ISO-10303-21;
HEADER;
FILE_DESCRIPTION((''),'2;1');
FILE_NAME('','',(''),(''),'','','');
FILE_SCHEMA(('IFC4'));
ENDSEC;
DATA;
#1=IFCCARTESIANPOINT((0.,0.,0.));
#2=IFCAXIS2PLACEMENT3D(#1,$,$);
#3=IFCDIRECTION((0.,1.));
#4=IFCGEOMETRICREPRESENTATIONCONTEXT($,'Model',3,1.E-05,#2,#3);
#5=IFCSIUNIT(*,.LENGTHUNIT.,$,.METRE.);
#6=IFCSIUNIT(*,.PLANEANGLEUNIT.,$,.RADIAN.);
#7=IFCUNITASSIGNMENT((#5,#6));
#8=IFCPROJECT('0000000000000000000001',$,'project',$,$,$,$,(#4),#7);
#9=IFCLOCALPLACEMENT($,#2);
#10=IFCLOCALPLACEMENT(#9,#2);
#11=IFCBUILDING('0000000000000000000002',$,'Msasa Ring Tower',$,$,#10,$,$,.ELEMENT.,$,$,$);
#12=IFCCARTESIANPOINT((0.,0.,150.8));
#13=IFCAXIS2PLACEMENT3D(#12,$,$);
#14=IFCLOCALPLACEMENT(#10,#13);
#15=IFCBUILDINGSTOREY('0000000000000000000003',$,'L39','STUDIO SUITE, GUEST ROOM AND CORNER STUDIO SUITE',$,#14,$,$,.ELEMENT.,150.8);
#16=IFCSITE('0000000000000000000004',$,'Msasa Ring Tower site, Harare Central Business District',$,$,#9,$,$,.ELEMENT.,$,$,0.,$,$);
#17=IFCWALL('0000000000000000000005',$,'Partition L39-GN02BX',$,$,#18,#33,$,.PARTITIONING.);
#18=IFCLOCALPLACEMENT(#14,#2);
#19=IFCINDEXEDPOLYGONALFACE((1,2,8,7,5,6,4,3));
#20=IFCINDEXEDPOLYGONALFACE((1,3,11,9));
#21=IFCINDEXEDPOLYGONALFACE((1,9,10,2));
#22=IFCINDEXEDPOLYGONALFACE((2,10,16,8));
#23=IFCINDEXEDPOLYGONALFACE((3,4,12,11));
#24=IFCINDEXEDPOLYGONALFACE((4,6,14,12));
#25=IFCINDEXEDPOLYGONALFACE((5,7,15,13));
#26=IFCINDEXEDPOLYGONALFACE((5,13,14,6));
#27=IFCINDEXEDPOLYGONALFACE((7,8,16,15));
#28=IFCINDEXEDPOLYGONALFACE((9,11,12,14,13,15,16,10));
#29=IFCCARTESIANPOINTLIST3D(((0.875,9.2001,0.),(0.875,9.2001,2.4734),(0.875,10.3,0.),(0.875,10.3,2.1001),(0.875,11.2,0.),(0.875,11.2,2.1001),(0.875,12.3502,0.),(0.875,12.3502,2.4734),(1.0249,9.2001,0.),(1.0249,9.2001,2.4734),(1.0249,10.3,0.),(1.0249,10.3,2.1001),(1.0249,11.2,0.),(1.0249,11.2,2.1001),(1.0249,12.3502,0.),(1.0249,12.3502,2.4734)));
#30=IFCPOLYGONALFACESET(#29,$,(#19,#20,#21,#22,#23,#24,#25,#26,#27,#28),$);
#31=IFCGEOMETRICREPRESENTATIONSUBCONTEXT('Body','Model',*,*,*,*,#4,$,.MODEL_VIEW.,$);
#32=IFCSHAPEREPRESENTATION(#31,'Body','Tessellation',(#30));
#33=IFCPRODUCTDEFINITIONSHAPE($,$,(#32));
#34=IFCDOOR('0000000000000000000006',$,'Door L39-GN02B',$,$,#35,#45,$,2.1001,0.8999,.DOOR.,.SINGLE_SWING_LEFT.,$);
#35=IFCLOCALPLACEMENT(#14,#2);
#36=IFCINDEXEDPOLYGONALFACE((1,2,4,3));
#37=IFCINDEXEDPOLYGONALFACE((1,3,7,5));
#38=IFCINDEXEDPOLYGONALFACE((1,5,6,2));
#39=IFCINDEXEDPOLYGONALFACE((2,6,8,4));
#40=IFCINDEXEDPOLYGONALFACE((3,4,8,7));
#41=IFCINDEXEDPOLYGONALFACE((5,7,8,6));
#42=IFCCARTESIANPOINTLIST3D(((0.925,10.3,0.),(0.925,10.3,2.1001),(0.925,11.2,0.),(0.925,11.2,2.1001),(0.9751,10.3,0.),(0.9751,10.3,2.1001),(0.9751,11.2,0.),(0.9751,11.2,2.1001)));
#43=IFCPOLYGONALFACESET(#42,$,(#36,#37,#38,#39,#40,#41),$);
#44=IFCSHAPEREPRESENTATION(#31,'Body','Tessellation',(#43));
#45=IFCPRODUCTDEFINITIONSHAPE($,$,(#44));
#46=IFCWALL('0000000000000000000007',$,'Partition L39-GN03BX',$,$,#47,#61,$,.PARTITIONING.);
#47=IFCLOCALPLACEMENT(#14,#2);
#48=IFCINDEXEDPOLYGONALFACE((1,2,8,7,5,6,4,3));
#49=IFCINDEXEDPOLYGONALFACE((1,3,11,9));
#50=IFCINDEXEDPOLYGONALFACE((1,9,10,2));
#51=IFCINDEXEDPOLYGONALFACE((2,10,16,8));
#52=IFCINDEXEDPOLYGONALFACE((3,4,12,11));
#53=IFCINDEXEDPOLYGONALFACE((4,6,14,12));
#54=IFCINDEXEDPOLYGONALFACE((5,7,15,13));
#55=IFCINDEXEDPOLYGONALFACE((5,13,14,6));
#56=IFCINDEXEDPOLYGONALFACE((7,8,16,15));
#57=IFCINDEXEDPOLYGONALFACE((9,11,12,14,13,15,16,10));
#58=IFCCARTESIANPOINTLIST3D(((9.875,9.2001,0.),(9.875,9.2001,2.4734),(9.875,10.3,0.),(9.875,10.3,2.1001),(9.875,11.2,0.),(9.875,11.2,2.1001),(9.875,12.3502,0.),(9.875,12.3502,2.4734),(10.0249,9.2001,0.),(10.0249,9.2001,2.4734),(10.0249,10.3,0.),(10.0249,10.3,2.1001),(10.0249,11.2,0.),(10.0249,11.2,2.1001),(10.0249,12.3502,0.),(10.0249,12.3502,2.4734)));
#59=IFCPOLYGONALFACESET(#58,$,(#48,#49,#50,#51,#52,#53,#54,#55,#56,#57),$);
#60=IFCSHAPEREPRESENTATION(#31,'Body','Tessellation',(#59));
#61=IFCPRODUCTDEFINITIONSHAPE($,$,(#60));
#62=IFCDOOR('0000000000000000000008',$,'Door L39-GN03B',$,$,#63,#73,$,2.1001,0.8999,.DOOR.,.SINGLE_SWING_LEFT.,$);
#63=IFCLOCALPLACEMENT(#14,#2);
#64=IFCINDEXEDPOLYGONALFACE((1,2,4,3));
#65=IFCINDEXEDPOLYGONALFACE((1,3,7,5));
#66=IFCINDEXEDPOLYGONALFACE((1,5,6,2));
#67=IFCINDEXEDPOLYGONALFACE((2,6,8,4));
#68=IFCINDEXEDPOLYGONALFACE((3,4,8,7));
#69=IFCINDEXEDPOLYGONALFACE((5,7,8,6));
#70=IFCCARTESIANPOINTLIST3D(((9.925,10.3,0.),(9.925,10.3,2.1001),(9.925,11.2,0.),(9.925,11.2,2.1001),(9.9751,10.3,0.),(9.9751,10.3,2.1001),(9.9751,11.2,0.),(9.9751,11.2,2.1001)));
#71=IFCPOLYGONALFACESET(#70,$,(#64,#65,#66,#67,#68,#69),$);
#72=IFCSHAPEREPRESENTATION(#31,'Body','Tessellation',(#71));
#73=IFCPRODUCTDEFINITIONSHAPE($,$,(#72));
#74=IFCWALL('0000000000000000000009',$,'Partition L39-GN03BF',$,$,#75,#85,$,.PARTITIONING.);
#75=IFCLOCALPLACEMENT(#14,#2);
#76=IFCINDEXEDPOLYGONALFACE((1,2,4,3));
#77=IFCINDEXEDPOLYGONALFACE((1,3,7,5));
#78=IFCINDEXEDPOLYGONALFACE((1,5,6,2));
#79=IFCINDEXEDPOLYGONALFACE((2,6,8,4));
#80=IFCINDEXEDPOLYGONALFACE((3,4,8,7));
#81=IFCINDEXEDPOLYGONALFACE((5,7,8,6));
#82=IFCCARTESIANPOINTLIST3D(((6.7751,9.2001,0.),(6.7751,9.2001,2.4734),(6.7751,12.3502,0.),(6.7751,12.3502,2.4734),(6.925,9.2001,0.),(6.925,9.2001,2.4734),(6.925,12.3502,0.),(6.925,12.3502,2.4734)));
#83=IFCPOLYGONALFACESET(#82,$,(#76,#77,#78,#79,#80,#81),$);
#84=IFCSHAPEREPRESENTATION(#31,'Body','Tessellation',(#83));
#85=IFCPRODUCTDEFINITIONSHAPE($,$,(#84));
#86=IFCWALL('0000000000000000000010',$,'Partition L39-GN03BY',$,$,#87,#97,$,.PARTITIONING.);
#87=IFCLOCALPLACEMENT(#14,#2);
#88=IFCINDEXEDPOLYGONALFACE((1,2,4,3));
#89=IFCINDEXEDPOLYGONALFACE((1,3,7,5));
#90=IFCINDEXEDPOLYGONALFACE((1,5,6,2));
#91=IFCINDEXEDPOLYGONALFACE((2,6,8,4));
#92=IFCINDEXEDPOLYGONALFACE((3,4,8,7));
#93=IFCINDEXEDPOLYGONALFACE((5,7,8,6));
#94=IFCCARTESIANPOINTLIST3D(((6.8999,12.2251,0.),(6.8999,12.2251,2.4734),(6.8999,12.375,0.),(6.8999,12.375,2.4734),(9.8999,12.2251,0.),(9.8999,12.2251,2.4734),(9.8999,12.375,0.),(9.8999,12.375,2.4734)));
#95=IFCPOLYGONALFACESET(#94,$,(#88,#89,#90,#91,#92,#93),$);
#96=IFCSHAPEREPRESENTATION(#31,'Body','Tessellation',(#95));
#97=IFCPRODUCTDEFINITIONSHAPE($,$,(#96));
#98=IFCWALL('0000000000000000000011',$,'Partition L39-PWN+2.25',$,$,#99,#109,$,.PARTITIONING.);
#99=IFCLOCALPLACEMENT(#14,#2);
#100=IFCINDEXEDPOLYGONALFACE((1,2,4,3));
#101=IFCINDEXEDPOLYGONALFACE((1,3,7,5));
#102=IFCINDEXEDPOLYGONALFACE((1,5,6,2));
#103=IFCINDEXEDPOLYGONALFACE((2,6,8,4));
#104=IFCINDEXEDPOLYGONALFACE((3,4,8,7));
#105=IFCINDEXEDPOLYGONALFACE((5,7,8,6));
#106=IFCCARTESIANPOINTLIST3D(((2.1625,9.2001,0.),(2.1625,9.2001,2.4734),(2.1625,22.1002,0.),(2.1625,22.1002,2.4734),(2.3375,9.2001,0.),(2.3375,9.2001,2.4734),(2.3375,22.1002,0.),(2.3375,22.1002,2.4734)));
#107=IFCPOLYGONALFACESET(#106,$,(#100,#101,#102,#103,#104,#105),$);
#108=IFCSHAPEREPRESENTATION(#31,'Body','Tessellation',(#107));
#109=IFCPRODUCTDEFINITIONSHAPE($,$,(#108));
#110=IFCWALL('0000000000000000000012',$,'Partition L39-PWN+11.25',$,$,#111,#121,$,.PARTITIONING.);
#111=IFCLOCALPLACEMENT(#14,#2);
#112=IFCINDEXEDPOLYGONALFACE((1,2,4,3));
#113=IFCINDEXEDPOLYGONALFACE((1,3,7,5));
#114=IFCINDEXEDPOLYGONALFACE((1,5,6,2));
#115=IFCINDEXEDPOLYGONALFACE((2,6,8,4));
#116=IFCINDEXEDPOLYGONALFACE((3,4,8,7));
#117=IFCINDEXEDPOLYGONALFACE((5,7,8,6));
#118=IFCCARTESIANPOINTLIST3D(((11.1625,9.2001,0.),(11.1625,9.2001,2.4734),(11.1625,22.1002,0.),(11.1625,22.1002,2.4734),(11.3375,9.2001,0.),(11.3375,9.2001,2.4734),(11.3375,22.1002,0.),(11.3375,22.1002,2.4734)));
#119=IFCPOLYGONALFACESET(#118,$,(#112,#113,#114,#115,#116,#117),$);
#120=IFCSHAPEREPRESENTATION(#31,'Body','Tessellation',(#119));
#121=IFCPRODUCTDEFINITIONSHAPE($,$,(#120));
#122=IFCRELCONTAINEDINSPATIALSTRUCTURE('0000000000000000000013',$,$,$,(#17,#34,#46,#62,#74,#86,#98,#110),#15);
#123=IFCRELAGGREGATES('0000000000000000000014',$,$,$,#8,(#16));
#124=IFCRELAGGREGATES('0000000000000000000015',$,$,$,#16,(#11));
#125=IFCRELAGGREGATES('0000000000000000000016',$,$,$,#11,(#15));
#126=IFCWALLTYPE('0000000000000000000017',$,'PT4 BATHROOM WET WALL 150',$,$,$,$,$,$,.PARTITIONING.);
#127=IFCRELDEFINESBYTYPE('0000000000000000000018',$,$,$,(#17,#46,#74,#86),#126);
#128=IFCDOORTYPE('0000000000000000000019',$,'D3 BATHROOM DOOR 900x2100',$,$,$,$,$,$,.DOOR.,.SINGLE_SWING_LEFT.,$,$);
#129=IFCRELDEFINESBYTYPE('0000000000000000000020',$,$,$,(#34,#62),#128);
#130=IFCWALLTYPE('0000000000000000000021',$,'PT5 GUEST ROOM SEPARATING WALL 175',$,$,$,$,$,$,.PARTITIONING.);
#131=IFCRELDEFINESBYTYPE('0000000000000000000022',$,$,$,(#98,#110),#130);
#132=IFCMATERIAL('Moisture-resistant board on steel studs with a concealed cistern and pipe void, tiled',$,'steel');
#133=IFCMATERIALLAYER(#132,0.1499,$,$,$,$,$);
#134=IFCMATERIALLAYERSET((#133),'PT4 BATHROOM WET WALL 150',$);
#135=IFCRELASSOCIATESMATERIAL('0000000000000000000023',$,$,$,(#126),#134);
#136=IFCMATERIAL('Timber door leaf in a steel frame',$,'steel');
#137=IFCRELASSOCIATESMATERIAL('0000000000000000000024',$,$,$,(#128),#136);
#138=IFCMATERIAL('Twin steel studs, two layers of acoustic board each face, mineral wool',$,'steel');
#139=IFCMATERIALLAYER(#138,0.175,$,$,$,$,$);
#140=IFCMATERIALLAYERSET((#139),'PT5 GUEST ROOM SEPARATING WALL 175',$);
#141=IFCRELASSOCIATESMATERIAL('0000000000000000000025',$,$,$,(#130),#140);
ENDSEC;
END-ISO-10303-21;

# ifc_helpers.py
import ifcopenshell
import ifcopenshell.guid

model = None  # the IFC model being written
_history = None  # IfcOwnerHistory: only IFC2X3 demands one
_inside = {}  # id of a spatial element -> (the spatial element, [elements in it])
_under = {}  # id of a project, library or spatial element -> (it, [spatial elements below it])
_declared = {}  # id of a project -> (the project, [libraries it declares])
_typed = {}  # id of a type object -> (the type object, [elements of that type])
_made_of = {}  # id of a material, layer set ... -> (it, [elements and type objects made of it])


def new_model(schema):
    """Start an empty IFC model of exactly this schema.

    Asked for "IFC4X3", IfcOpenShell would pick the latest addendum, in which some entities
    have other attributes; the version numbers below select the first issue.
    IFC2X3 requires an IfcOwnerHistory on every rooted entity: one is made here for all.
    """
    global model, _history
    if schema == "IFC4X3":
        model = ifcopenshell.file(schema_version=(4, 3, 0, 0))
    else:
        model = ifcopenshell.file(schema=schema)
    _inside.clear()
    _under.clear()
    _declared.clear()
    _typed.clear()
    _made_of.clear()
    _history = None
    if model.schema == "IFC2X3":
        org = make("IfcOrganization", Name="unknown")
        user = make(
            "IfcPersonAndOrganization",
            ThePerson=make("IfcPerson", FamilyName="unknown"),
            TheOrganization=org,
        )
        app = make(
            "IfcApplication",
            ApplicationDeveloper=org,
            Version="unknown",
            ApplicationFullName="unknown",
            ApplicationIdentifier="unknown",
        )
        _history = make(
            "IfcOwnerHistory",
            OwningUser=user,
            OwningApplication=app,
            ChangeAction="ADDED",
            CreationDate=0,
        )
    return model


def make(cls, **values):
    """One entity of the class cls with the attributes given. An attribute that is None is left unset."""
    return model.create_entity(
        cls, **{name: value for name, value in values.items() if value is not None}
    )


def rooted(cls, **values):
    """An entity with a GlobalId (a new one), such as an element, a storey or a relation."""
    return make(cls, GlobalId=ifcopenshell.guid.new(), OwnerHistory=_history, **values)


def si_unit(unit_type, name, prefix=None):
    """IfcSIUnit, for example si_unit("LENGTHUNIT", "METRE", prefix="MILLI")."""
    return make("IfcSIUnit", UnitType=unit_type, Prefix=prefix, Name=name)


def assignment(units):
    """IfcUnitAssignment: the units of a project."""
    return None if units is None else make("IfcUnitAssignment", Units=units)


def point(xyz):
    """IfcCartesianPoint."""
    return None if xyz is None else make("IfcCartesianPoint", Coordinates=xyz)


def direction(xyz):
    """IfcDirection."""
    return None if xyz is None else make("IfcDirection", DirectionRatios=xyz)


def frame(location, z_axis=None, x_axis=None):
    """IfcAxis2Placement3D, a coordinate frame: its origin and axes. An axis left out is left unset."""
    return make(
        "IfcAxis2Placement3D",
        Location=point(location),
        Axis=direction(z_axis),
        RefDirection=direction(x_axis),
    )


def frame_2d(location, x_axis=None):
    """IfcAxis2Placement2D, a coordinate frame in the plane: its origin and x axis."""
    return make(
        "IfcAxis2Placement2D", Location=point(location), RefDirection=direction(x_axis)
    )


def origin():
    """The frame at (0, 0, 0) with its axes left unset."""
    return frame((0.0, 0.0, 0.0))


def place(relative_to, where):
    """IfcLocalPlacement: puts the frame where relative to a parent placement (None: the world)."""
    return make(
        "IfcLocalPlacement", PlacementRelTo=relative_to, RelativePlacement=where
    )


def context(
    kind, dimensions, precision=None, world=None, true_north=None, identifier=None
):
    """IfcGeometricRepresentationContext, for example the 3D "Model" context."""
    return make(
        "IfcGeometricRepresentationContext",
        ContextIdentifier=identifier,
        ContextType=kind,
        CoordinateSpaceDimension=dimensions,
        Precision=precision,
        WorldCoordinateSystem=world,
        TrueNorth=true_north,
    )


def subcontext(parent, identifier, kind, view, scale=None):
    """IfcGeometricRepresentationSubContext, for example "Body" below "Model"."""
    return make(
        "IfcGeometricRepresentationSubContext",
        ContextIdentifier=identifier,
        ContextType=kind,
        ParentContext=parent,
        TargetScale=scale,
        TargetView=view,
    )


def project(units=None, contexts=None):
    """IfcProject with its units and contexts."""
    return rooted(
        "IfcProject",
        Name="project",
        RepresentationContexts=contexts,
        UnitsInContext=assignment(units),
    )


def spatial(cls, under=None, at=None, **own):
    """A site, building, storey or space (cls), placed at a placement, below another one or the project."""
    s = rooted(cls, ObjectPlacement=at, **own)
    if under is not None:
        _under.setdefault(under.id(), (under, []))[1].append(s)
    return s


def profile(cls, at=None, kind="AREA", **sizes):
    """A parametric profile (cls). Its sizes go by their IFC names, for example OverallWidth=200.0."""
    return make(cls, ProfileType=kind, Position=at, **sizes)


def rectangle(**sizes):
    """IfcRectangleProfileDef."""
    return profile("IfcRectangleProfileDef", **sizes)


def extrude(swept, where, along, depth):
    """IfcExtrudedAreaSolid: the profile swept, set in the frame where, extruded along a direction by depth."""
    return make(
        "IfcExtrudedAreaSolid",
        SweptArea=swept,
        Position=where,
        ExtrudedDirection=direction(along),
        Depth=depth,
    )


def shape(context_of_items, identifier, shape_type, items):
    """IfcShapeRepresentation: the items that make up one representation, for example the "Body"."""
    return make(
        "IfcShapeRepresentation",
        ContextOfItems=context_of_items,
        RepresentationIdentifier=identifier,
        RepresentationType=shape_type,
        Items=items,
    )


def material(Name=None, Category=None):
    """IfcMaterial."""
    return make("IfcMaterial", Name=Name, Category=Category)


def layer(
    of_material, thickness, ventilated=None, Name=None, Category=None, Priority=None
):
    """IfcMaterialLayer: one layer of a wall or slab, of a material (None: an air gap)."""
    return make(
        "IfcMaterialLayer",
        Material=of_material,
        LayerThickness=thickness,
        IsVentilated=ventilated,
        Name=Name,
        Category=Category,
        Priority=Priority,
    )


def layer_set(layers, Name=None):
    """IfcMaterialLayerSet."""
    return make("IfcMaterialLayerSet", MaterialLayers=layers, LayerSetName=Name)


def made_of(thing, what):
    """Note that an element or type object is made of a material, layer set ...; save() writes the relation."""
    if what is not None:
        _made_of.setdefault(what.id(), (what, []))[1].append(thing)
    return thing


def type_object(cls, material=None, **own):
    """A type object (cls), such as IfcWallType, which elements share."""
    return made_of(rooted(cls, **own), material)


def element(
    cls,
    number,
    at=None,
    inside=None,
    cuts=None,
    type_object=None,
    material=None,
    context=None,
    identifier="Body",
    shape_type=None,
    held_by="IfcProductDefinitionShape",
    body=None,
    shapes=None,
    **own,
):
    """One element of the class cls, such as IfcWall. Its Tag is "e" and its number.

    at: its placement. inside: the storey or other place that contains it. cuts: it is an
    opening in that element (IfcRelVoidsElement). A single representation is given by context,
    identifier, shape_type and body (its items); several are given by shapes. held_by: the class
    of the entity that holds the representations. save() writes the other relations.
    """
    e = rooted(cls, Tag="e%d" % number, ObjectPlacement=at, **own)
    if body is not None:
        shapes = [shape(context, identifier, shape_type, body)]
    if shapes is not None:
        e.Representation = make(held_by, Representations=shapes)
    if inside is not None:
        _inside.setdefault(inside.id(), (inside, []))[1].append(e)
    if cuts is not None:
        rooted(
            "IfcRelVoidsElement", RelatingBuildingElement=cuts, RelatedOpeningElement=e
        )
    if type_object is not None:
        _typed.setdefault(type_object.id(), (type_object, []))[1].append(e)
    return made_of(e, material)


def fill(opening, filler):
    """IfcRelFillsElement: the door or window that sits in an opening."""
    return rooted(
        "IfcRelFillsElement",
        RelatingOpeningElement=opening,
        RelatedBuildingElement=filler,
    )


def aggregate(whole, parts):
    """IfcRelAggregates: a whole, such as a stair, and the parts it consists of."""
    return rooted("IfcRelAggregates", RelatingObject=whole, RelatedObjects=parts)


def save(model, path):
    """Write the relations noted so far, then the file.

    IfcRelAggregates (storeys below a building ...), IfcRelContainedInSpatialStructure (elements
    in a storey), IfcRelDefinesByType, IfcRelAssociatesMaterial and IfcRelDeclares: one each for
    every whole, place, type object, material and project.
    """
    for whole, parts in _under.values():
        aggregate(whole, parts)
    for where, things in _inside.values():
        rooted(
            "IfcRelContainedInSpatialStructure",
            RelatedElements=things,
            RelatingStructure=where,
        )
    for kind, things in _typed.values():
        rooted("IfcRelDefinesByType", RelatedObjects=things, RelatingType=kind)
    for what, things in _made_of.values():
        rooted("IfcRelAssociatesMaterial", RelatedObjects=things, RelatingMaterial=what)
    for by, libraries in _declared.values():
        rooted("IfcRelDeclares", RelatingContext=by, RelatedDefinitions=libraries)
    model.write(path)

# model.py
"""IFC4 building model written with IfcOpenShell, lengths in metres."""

from ifc_helpers import new_model, si_unit, direction, frame, frame_2d, origin, place, context, subcontext, project, spatial, rectangle, extrude, material, layer, layer_set, type_object, element, fill, save


model = new_model("IFC4")

# Units and contexts
model_context = context("Model", 3, precision=1e-05, world=origin(), true_north=direction((0.0, 1.0)))
body_context = subcontext(model_context, "Body", "Model", "MODEL_VIEW")
ifc_project = project(units=[si_unit("LENGTHUNIT", "METRE"), si_unit("PLANEANGLEUNIT", "RADIAN")], contexts=[model_context])

# Site, building, storey
site_placement = place(None, origin())
site = spatial("IfcSite", under=ifc_project, at=site_placement, Name="Msasa Ring Tower site, Harare Central Business District", CompositionType="ELEMENT", RefElevation=0.0)
building_placement = place(site_placement, origin())
building = spatial("IfcBuilding", under=site, at=building_placement, Name="Msasa Ring Tower", CompositionType="ELEMENT")
storey_placement = place(building_placement, frame((0.0, 0.0, 150.8)))
storey = spatial("IfcBuildingStorey", under=building, at=storey_placement, Name="L39", Description="STUDIO SUITE, GUEST ROOM AND CORNER STUDIO SUITE", CompositionType="ELEMENT", Elevation=150.8)

# Walls, openings, doors
ifc_material_1 = material(Name="Moisture-resistant board on steel studs with a concealed cistern and pipe void, tiled", Category="steel")
ifc_layer_1 = layer(ifc_material_1, 0.1499)
ifc_layer_set_1 = layer_set([ifc_layer_1], Name="PT4 BATHROOM WET WALL 150")
wall_type_1 = type_object("IfcWallType", Name="PT4 BATHROOM WET WALL 150", PredefinedType="PARTITIONING", material=ifc_layer_set_1)
wall_1_placement = place(storey_placement, frame((0.95, 9.2, 0.0), z_axis=(0.0, 0.0, 1.0), x_axis=(0.0, 1.0, 0.0)))
wall_1 = element("IfcWall", 1, at=wall_1_placement, inside=storey, type_object=wall_type_1, Name="Partition L39-GN02BX", PredefinedType="PARTITIONING", context=body_context, shape_type="SweptSolid", body=[
    extrude(rectangle(XDim=3.1501, YDim=0.1499, at=frame_2d((1.5752, 0.0))), origin(), (0.0, 0.0, 1.0), 2.4734),
])
opening_1_placement = place(wall_1_placement, frame((1.1001, 0.0, 0.0)))
opening_1 = element("IfcOpeningElement", 2, at=opening_1_placement, cuts=wall_1, PredefinedType="OPENING", context=body_context, shape_type="SweptSolid", body=[
    extrude(rectangle(XDim=0.8999, YDim=2.1001, at=frame_2d((0.45, 1.05))), frame((0.0, 0.085, 0.0), z_axis=(0.0, -1.0, 0.0), x_axis=(1.0, 0.0, 0.0)), (0.0, 0.0, 1.0), 0.1699),
])
ifc_material_2 = material(Name="Timber door leaf in a steel frame", Category="steel")
door_type_1 = type_object("IfcDoorType", Name="D3 BATHROOM DOOR 900x2100", OperationType="SINGLE_SWING_LEFT", PredefinedType="DOOR", material=ifc_material_2)
door_1_placement = place(opening_1_placement, origin())
door_1 = element("IfcDoor", 3, at=door_1_placement, inside=storey, type_object=door_type_1, Name="Door L39-GN02B", OperationType="SINGLE_SWING_LEFT", OverallHeight=2.1001, OverallWidth=0.8999, PredefinedType="DOOR", context=body_context, shape_type="SweptSolid", body=[
    extrude(rectangle(XDim=0.8999, YDim=2.1001, at=frame_2d((0.45, 1.05))), frame((0.0, 0.0249, 0.0), z_axis=(0.0, -1.0, 0.0), x_axis=(1.0, 0.0, 0.0)), (0.0, 0.0, 1.0), 0.05),
])
fill(opening_1, door_1)
wall_2_placement = place(storey_placement, frame((9.95, 9.2, 0.0), z_axis=(0.0, 0.0, 1.0), x_axis=(0.0, 1.0, 0.0)))
wall_2 = element("IfcWall", 4, at=wall_2_placement, inside=storey, type_object=wall_type_1, Name="Partition L39-GN03BX", PredefinedType="PARTITIONING", context=body_context, shape_type="SweptSolid", body=[
    extrude(rectangle(XDim=3.1501, YDim=0.1499, at=frame_2d((1.5752, 0.0))), origin(), (0.0, 0.0, 1.0), 2.4734),
])
opening_2_placement = place(wall_2_placement, frame((1.1001, 0.0, 0.0)))
opening_2 = element("IfcOpeningElement", 5, at=opening_2_placement, cuts=wall_2, PredefinedType="OPENING", context=body_context, shape_type="SweptSolid", body=[
    extrude(rectangle(XDim=0.8999, YDim=2.1001, at=frame_2d((0.45, 1.05))), frame((0.0, 0.085, 0.0), z_axis=(0.0, -1.0, 0.0), x_axis=(1.0, 0.0, 0.0)), (0.0, 0.0, 1.0), 0.1699),
])
door_2_placement = place(opening_2_placement, origin())
door_2 = element("IfcDoor", 6, at=door_2_placement, inside=storey, type_object=door_type_1, Name="Door L39-GN03B", OperationType="SINGLE_SWING_LEFT", OverallHeight=2.1001, OverallWidth=0.8999, PredefinedType="DOOR", context=body_context, shape_type="SweptSolid", body=[
    extrude(rectangle(XDim=0.8999, YDim=2.1001, at=frame_2d((0.45, 1.05))), frame((0.0, 0.0249, 0.0), z_axis=(0.0, -1.0, 0.0), x_axis=(1.0, 0.0, 0.0)), (0.0, 0.0, 1.0), 0.05),
])
fill(opening_2, door_2)

# Walls
wall_3_placement = place(storey_placement, frame((6.8501, 9.2, 0.0), z_axis=(0.0, 0.0, 1.0), x_axis=(0.0, 1.0, 0.0)))
element("IfcWall", 7, at=wall_3_placement, inside=storey, type_object=wall_type_1, Name="Partition L39-GN03BF", PredefinedType="PARTITIONING", context=body_context, shape_type="SweptSolid", body=[
    extrude(rectangle(XDim=3.1501, YDim=0.1499, at=frame_2d((1.5752, 0.0))), origin(), (0.0, 0.0, 1.0), 2.4734),
])
wall_4_placement = place(storey_placement, frame((6.8999, 12.3, 0.0), z_axis=(0.0, 0.0, 1.0), x_axis=(1.0, 0.0, 0.0)))
element("IfcWall", 8, at=wall_4_placement, inside=storey, type_object=wall_type_1, Name="Partition L39-GN03BY", PredefinedType="PARTITIONING", context=body_context, shape_type="SweptSolid", body=[
    extrude(rectangle(XDim=3.0, YDim=0.1499, at=frame_2d((1.5, 0.0))), origin(), (0.0, 0.0, 1.0), 2.4734),
])
ifc_material_3 = material(Name="Twin steel studs, two layers of acoustic board each face, mineral wool", Category="steel")
ifc_layer_2 = layer(ifc_material_3, 0.175)
ifc_layer_set_2 = layer_set([ifc_layer_2], Name="PT5 GUEST ROOM SEPARATING WALL 175")
wall_type_2 = type_object("IfcWallType", Name="PT5 GUEST ROOM SEPARATING WALL 175", PredefinedType="PARTITIONING", material=ifc_layer_set_2)
for number, where, z_axis, x_axis, name in (
    (9, (2.25, 9.2, 0.0), (0.0, 0.0, 1.0), (0.0, 1.0, 0.0), "Partition L39-PWN+2.25"),
    (10, (11.25, 9.2, 0.0), (0.0, 0.0, 1.0), (0.0, 1.0, 0.0), "Partition L39-PWN+11.25"),
):
    element("IfcWall", number, at=place(storey_placement, frame(where, z_axis=z_axis, x_axis=x_axis)), inside=storey, type_object=wall_type_2, Name=name, PredefinedType="PARTITIONING", context=body_context, shape_type="SweptSolid", body=[
        extrude(rectangle(XDim=12.9001, YDim=0.175, at=frame_2d((6.4502, 0.0))), origin(), (0.0, 0.0, 1.0), 2.4734),
    ])

save(model, "model.ifc")
